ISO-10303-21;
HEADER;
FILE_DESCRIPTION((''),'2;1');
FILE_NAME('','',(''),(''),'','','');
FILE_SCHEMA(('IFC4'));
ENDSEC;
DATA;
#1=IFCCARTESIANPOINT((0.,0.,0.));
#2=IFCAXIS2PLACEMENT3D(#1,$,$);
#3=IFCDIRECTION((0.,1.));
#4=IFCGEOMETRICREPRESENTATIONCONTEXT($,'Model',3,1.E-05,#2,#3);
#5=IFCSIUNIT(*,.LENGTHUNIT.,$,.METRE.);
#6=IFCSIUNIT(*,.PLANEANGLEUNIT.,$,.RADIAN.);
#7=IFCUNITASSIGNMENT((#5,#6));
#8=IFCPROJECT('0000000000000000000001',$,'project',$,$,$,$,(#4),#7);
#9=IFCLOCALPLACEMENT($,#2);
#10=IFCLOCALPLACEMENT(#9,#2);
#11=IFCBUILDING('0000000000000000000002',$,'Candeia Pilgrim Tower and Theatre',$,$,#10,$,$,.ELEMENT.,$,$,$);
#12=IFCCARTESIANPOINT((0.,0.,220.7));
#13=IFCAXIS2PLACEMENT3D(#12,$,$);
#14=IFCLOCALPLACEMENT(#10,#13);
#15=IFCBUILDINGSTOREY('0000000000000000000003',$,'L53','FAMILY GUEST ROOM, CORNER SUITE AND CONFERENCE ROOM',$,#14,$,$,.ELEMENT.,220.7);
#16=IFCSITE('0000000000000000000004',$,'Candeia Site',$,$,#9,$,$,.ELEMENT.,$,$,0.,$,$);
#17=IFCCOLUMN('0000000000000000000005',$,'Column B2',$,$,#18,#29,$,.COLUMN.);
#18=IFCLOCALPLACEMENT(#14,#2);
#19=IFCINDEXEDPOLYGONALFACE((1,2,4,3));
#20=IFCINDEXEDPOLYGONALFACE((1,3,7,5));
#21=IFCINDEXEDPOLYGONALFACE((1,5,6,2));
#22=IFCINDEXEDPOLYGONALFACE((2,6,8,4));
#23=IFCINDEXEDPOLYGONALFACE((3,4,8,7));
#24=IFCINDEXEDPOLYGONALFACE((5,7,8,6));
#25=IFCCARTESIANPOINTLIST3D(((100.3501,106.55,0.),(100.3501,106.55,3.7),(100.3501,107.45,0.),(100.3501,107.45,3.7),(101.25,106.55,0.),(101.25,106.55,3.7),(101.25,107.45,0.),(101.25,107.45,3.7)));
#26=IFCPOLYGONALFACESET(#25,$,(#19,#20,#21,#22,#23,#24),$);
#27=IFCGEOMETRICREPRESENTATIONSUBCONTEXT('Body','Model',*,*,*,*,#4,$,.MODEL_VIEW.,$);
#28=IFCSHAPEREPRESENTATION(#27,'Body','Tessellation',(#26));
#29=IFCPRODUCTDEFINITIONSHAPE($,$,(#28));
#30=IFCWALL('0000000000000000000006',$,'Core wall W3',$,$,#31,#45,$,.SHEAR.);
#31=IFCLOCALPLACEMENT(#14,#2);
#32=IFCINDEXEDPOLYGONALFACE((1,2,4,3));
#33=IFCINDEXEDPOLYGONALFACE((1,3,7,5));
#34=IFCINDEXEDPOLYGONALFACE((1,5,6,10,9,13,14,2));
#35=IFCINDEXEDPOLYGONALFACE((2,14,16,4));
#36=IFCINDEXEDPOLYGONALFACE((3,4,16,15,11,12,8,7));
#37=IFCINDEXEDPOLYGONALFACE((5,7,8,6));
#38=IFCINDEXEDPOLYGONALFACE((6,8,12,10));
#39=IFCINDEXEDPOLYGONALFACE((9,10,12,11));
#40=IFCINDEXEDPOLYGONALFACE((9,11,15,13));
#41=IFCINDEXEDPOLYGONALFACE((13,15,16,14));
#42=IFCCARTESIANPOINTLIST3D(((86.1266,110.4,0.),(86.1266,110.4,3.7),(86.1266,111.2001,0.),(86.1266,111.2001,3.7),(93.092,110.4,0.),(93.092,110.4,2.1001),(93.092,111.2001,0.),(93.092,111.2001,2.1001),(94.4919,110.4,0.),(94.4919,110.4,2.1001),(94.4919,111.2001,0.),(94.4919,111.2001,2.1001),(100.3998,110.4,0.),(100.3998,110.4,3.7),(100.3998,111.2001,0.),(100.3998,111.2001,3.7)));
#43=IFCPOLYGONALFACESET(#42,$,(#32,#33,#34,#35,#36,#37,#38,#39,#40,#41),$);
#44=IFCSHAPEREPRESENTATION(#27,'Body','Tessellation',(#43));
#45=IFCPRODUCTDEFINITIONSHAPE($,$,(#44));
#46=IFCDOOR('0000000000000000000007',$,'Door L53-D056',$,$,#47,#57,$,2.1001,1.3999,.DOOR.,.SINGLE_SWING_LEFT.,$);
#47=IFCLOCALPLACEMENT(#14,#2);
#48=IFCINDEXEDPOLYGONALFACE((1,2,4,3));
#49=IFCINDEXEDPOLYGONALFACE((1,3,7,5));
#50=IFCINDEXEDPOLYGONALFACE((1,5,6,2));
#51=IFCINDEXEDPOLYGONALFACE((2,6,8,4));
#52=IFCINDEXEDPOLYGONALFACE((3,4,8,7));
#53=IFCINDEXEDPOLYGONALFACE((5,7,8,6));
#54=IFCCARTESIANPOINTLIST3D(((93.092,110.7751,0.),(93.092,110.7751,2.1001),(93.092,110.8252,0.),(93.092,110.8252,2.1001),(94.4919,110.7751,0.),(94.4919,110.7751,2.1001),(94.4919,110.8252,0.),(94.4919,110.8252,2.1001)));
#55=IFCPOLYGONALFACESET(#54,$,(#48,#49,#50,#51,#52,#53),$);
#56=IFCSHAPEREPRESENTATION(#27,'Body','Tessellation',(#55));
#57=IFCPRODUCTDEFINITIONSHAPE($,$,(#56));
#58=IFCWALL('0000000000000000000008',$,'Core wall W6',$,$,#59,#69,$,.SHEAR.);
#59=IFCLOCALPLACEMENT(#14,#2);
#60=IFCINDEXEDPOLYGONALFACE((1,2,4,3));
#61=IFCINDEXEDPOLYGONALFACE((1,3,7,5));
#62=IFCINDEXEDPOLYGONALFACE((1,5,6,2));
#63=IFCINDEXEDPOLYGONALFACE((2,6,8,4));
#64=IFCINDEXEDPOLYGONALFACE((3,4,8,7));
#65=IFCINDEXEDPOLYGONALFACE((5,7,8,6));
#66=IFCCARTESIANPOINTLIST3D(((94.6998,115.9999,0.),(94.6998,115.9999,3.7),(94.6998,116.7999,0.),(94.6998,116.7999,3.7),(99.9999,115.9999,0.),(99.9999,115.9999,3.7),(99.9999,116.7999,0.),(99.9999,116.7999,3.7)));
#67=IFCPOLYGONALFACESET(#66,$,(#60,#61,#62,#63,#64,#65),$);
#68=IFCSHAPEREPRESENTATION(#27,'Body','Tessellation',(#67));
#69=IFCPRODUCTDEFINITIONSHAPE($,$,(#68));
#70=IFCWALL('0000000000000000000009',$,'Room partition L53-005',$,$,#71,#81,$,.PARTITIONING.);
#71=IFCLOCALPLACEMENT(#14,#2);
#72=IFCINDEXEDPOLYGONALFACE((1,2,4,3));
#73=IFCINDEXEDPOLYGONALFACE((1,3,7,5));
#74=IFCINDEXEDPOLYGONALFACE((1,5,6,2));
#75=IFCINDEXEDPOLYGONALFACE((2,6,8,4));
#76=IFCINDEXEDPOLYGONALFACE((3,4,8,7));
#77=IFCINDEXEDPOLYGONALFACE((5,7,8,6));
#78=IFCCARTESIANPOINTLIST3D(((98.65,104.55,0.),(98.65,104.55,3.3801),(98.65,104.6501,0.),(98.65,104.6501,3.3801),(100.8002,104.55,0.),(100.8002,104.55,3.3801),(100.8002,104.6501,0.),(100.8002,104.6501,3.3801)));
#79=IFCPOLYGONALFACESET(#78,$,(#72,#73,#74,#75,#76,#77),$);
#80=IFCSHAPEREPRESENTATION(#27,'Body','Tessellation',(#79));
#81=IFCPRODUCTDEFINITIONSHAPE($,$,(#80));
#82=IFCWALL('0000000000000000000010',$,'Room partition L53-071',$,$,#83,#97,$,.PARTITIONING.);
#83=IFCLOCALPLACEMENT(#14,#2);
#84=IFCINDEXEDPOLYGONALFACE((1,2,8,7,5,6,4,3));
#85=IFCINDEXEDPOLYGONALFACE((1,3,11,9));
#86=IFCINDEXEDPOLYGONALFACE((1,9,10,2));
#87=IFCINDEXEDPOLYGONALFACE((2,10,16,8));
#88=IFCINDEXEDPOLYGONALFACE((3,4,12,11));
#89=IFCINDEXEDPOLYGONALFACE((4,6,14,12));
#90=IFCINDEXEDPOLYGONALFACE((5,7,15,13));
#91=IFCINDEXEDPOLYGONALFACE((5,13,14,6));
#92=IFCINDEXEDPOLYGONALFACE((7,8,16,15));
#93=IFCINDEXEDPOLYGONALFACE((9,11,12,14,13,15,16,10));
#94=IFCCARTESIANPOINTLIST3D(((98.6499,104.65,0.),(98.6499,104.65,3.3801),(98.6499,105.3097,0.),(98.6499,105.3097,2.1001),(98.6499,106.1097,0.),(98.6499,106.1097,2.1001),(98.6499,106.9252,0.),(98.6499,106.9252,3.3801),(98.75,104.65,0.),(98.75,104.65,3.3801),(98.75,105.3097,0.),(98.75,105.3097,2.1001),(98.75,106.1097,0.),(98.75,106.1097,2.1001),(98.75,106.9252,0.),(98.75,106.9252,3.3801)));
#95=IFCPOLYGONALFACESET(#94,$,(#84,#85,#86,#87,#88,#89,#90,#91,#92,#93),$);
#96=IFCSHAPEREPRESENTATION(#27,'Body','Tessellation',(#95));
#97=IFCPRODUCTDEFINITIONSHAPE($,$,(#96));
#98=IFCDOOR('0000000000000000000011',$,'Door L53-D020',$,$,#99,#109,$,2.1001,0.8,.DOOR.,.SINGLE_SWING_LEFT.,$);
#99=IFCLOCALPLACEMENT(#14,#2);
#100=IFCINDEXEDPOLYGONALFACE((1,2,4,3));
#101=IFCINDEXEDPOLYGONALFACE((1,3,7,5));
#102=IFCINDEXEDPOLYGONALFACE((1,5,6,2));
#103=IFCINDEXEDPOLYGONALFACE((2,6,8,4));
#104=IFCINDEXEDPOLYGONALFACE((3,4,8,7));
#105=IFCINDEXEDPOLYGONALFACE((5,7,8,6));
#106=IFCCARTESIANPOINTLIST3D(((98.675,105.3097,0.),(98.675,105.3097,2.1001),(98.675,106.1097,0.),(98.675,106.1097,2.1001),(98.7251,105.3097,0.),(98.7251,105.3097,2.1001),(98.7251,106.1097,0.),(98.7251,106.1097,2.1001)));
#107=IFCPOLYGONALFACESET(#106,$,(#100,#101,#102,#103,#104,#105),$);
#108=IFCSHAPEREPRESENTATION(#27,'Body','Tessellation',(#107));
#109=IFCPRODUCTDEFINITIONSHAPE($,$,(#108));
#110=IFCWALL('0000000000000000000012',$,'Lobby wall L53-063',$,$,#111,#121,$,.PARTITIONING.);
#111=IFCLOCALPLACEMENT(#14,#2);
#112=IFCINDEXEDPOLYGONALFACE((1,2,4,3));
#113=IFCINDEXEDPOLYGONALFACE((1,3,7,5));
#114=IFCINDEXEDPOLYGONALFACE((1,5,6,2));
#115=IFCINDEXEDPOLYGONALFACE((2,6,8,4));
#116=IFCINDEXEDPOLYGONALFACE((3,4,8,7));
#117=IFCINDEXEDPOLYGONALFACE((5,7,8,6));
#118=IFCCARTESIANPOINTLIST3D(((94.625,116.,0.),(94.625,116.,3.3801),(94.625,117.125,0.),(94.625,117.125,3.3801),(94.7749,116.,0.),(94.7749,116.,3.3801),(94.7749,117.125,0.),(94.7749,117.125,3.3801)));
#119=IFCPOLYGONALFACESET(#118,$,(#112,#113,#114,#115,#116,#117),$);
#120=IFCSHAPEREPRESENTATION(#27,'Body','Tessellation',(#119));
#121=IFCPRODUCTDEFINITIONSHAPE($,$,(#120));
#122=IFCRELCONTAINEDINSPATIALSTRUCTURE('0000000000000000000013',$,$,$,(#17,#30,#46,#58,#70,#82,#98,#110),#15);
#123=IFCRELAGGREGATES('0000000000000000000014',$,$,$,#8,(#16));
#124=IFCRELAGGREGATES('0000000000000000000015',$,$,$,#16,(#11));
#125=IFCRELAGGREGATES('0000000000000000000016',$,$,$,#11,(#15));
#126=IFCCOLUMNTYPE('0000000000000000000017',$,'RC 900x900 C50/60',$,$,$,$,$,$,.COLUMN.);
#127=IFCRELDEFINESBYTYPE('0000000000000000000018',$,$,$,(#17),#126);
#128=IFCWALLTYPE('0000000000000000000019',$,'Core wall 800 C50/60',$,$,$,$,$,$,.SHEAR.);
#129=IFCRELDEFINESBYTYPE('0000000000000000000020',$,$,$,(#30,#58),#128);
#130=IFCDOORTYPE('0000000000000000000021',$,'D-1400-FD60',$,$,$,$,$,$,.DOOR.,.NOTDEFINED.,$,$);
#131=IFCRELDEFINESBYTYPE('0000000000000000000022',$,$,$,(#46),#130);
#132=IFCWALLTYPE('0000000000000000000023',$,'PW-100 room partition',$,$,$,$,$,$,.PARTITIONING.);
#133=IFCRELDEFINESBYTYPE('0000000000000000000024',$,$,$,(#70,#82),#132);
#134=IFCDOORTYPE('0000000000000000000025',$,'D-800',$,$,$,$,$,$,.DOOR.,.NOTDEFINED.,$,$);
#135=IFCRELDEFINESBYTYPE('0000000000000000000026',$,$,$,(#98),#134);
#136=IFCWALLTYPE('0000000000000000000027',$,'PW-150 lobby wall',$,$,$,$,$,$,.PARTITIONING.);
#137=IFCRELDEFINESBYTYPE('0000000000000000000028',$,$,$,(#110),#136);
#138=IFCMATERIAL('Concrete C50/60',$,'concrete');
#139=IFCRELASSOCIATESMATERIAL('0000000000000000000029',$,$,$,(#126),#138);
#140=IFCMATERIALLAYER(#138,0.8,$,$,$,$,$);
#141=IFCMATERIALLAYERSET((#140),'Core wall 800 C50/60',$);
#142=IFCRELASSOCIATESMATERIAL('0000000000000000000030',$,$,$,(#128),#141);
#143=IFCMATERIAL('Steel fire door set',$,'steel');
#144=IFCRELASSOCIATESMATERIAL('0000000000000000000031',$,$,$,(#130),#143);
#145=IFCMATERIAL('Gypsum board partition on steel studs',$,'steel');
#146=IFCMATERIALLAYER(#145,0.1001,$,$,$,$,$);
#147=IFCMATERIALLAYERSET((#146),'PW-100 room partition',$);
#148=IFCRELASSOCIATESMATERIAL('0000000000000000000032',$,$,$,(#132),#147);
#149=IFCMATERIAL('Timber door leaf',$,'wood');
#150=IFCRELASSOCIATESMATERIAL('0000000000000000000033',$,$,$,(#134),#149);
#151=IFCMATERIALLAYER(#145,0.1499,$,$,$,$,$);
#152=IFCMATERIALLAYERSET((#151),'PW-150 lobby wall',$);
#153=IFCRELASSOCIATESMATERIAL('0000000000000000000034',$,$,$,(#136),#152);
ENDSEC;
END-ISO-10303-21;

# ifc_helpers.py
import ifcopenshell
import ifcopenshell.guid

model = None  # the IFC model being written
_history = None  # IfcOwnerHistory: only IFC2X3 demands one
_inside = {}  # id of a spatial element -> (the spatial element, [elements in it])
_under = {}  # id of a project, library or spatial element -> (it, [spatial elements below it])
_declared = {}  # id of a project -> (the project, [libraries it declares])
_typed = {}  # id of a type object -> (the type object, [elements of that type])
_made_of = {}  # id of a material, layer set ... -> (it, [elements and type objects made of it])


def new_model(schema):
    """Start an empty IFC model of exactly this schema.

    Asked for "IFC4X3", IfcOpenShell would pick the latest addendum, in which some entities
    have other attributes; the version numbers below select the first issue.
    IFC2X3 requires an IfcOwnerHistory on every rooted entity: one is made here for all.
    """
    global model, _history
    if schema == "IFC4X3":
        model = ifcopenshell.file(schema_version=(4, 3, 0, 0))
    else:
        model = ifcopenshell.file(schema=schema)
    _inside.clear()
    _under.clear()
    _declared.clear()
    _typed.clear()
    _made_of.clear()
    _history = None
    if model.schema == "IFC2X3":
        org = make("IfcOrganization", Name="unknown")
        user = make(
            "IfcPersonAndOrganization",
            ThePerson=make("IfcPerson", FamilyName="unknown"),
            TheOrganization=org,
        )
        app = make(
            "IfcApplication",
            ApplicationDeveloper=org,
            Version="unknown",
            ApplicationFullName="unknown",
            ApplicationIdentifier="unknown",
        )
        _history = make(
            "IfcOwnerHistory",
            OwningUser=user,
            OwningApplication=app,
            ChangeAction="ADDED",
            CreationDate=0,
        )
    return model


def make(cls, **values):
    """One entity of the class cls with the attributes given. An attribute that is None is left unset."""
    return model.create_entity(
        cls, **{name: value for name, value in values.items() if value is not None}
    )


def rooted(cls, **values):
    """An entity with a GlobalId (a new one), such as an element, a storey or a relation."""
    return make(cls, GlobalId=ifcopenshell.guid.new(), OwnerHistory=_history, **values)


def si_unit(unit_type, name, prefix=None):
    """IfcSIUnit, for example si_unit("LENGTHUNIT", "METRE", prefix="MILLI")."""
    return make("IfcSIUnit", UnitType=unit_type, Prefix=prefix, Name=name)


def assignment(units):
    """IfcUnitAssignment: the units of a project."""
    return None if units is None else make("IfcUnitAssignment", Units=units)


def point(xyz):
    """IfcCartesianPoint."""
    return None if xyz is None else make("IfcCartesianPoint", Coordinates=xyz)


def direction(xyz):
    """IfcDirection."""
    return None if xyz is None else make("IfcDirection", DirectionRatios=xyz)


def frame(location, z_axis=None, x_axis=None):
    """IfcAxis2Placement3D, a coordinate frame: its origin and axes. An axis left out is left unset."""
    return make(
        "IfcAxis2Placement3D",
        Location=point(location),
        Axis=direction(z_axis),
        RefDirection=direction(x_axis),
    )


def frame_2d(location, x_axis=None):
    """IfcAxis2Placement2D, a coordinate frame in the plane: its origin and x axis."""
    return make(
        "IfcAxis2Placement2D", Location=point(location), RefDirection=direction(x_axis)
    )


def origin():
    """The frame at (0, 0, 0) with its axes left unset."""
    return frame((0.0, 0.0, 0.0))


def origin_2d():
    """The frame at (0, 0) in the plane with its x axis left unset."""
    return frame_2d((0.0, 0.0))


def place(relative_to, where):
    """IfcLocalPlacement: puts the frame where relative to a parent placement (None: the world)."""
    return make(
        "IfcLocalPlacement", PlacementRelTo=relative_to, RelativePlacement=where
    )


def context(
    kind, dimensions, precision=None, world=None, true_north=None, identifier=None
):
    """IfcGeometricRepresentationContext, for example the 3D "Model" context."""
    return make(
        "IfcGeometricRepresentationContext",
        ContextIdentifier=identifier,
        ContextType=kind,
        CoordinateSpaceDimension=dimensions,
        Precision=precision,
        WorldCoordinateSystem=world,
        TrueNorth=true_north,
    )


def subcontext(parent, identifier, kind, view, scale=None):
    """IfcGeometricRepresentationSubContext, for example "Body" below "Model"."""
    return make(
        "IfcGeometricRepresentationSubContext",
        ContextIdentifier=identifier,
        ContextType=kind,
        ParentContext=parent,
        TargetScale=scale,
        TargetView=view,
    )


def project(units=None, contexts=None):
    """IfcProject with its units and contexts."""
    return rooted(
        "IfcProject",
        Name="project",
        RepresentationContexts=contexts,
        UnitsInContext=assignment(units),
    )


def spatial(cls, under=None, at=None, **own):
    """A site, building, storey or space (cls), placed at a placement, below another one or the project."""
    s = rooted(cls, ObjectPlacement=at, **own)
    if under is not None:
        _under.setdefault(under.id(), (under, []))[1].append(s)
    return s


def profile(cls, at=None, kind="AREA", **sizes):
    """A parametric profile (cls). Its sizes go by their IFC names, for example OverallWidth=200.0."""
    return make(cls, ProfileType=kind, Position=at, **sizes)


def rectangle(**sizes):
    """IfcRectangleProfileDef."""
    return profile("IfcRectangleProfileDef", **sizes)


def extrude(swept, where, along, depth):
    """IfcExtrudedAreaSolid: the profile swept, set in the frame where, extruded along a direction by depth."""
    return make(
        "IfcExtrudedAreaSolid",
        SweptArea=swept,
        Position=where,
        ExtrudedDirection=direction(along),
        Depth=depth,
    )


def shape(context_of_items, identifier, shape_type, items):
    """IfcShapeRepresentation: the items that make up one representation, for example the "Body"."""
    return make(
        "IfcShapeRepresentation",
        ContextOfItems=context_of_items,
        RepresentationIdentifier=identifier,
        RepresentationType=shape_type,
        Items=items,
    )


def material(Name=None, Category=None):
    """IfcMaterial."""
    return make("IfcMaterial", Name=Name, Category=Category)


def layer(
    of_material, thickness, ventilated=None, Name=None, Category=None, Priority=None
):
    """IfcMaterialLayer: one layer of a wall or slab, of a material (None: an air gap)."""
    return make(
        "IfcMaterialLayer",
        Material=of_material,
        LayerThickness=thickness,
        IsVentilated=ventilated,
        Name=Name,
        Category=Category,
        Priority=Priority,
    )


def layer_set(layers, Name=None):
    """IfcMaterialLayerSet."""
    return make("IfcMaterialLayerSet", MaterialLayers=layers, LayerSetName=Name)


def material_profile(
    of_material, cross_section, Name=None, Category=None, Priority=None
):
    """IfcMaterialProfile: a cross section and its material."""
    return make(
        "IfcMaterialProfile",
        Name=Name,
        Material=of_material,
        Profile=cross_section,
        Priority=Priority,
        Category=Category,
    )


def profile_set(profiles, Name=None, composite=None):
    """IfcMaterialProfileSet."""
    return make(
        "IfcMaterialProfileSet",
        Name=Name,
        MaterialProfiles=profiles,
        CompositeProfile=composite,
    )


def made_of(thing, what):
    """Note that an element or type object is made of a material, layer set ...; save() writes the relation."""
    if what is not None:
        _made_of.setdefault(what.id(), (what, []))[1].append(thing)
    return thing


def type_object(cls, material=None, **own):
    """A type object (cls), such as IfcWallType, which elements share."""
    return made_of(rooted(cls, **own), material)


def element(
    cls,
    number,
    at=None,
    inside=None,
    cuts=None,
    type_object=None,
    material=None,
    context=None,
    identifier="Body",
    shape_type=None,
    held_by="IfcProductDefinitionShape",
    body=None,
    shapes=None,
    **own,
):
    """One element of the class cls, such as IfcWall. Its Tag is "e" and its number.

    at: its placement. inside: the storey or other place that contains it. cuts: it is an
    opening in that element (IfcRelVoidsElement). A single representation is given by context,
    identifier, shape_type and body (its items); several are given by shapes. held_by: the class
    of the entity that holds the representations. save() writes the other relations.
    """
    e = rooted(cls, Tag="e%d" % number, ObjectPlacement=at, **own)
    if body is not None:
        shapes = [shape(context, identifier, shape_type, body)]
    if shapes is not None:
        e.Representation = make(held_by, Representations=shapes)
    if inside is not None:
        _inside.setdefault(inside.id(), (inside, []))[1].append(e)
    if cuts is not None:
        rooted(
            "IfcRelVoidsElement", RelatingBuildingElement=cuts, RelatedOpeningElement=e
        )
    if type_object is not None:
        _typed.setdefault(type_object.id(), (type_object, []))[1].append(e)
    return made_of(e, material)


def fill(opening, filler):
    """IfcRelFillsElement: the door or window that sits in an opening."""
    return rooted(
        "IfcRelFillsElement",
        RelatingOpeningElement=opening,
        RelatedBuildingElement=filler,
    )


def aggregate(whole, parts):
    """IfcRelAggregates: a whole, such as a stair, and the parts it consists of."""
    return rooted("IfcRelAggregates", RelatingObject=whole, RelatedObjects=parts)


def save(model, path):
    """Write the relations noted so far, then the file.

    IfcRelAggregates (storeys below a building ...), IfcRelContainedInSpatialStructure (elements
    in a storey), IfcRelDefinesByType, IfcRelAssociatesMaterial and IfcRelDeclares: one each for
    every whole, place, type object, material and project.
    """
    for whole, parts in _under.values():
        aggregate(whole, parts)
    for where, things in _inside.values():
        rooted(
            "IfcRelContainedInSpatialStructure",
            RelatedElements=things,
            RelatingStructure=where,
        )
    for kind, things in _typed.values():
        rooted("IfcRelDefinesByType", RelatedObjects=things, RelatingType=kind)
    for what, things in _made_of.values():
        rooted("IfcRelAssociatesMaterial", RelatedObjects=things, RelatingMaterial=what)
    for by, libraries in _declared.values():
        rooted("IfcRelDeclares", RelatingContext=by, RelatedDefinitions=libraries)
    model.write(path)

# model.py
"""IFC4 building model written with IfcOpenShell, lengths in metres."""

from ifc_helpers import new_model, si_unit, direction, frame, frame_2d, origin, origin_2d, place, context, subcontext, project, spatial, rectangle, extrude, material, layer, layer_set, material_profile, profile_set, type_object, element, fill, save


model = new_model("IFC4")

# Units and contexts
model_context = context("Model", 3, precision=1e-05, world=origin(), true_north=direction((0.0, 1.0)))
body_context = subcontext(model_context, "Body", "Model", "MODEL_VIEW")
ifc_project = project(units=[si_unit("LENGTHUNIT", "METRE"), si_unit("PLANEANGLEUNIT", "RADIAN")], contexts=[model_context])

# Site, building, storey
site_placement = place(None, origin())
site = spatial("IfcSite", under=ifc_project, at=site_placement, Name="Candeia Site", CompositionType="ELEMENT", RefElevation=0.0)
building_placement = place(site_placement, origin())
building = spatial("IfcBuilding", under=site, at=building_placement, Name="Candeia Pilgrim Tower and Theatre", CompositionType="ELEMENT")
storey_placement = place(building_placement, frame((0.0, 0.0, 220.7)))
storey = spatial("IfcBuildingStorey", under=building, at=storey_placement, Name="L53", Description="FAMILY GUEST ROOM, CORNER SUITE AND CONFERENCE ROOM", CompositionType="ELEMENT", Elevation=220.7)

# Column
ifc_material_1 = material(Name="Concrete C50/60", Category="concrete")
ifc_material_profile = material_profile(ifc_material_1, rectangle(XDim=0.8999, YDim=0.8999, at=origin_2d()))
ifc_profile_set = profile_set([ifc_material_profile], Name="Concrete C50/60")
column_type = type_object("IfcColumnType", Name="RC 900x900 C50/60", PredefinedType="COLUMN", material=ifc_profile_set)
column_placement = place(storey_placement, frame((100.8, 107.0, 0.0), z_axis=(0.0, 0.0, 1.0), x_axis=(1.0, 0.0, 0.0)))
element("IfcColumn", 1, at=column_placement, inside=storey, type_object=column_type, Name="Column B2", PredefinedType="COLUMN", context=body_context, shape_type="SweptSolid", body=[
    extrude(rectangle(XDim=0.8999, YDim=0.8999, at=origin_2d()), origin(), (0.0, 0.0, 1.0), 3.7),
])

# Wall, opening, door
ifc_layer_1 = layer(ifc_material_1, 0.8)
ifc_layer_set_1 = layer_set([ifc_layer_1], Name="Core wall 800 C50/60")
wall_type_1 = type_object("IfcWallType", Name="Core wall 800 C50/60", PredefinedType="SHEAR", material=ifc_layer_set_1)
wall_1_placement = place(storey_placement, frame((100.3999, 110.8, 0.0), z_axis=(0.0, 0.0, 1.0), x_axis=(-1.0, 0.0, 0.0)))
wall_1 = element("IfcWall", 2, at=wall_1_placement, inside=storey, type_object=wall_type_1, Name="Core wall W3", PredefinedType="SHEAR", context=body_context, shape_type="SweptSolid", body=[
    extrude(rectangle(XDim=14.2732, YDim=0.8, at=frame_2d((7.1367, 0.0))), origin(), (0.0, 0.0, 1.0), 3.7),
])
opening_1_placement = place(wall_1_placement, frame((5.908, 0.0, 0.0)))
opening_1 = element("IfcOpeningElement", 3, at=opening_1_placement, cuts=wall_1, PredefinedType="OPENING", context=body_context, shape_type="SweptSolid", body=[
    extrude(rectangle(XDim=1.3999, YDim=2.1001, at=frame_2d((0.7, 1.05))), frame((0.0, 0.4102, 0.0), z_axis=(0.0, -1.0, 0.0), x_axis=(1.0, 0.0, 0.0)), (0.0, 0.0, 1.0), 0.8201),
])
ifc_material_2 = material(Name="Steel fire door set", Category="steel")
door_type_1 = type_object("IfcDoorType", Name="D-1400-FD60", OperationType="NOTDEFINED", PredefinedType="DOOR", material=ifc_material_2)
door_1_placement = place(opening_1_placement, origin())
door_1 = element("IfcDoor", 4, at=door_1_placement, inside=storey, type_object=door_type_1, Name="Door L53-D056", OperationType="SINGLE_SWING_LEFT", OverallHeight=2.1001, OverallWidth=1.3999, PredefinedType="DOOR", context=body_context, shape_type="SweptSolid", body=[
    extrude(rectangle(XDim=1.3999, YDim=2.1001, at=frame_2d((0.7, 1.05))), frame((0.0, 0.0249, 0.0), z_axis=(0.0, -1.0, 0.0), x_axis=(1.0, 0.0, 0.0)), (0.0, 0.0, 1.0), 0.05),
])
fill(opening_1, door_1)

# Walls
wall_2_placement = place(storey_placement, frame((94.7, 116.3999, 0.0), z_axis=(0.0, 0.0, 1.0), x_axis=(1.0, 0.0, 0.0)))
element("IfcWall", 5, at=wall_2_placement, inside=storey, type_object=wall_type_1, Name="Core wall W6", PredefinedType="SHEAR", context=body_context, shape_type="SweptSolid", body=[
    extrude(rectangle(XDim=5.3, YDim=0.8, at=frame_2d((2.6499, 0.0))), origin(), (0.0, 0.0, 1.0), 3.7),
])
ifc_material_3 = material(Name="Gypsum board partition on steel studs", Category="steel")
ifc_layer_2 = layer(ifc_material_3, 0.1001)
ifc_layer_set_2 = layer_set([ifc_layer_2], Name="PW-100 room partition")
wall_type_2 = type_object("IfcWallType", Name="PW-100 room partition", PredefinedType="PARTITIONING", material=ifc_layer_set_2)
wall_3_placement = place(storey_placement, frame((98.6499, 104.6001, 0.0), z_axis=(0.0, 0.0, 1.0), x_axis=(1.0, 0.0, 0.0)))
element("IfcWall", 6, at=wall_3_placement, inside=storey, type_object=wall_type_2, Name="Room partition L53-005", PredefinedType="PARTITIONING", context=body_context, shape_type="SweptSolid", body=[
    extrude(rectangle(XDim=2.1501, YDim=0.1001, at=frame_2d((1.0752, 0.0))), origin(), (0.0, 0.0, 1.0), 3.3801),
])

# Wall, opening, door
wall_4_placement = place(storey_placement, frame((98.7, 104.6499, 0.0), z_axis=(0.0, 0.0, 1.0), x_axis=(0.0, 1.0, 0.0)))
wall_4 = element("IfcWall", 7, at=wall_4_placement, inside=storey, type_object=wall_type_2, Name="Room partition L53-071", PredefinedType="PARTITIONING", context=body_context, shape_type="SweptSolid", body=[
    extrude(rectangle(XDim=2.2751, YDim=0.1001, at=frame_2d((1.1377, 0.0))), origin(), (0.0, 0.0, 1.0), 3.3801),
])
opening_2_placement = place(wall_4_placement, frame((0.6599, 0.0, 0.0)))
opening_2 = element("IfcOpeningElement", 8, at=opening_2_placement, cuts=wall_4, PredefinedType="OPENING", context=body_context, shape_type="SweptSolid", body=[
    extrude(rectangle(XDim=0.8, YDim=2.1001, at=frame_2d((0.3999, 1.05))), frame((0.0, 0.0601, 0.0), z_axis=(0.0, -1.0, 0.0), x_axis=(1.0, 0.0, 0.0)), (0.0, 0.0, 1.0), 0.1201),
])
ifc_material_4 = material(Name="Timber door leaf", Category="wood")
door_type_2 = type_object("IfcDoorType", Name="D-800", OperationType="NOTDEFINED", PredefinedType="DOOR", material=ifc_material_4)
door_2_placement = place(opening_2_placement, origin())
door_2 = element("IfcDoor", 9, at=door_2_placement, inside=storey, type_object=door_type_2, Name="Door L53-D020", OperationType="SINGLE_SWING_LEFT", OverallHeight=2.1001, OverallWidth=0.8, PredefinedType="DOOR", context=body_context, shape_type="SweptSolid", body=[
    extrude(rectangle(XDim=0.8, YDim=2.1001, at=frame_2d((0.3999, 1.05))), frame((0.0, 0.0249, 0.0), z_axis=(0.0, -1.0, 0.0), x_axis=(1.0, 0.0, 0.0)), (0.0, 0.0, 1.0), 0.05),
])
fill(opening_2, door_2)

# Wall
ifc_layer_3 = layer(ifc_material_3, 0.1499)
ifc_layer_set_3 = layer_set([ifc_layer_3], Name="PW-150 lobby wall")
wall_type_3 = type_object("IfcWallType", Name="PW-150 lobby wall", PredefinedType="PARTITIONING", material=ifc_layer_set_3)
wall_5_placement = place(storey_placement, frame((94.7, 116.0, 0.0), z_axis=(0.0, 0.0, 1.0), x_axis=(0.0, 1.0, 0.0)))
element("IfcWall", 10, at=wall_5_placement, inside=storey, type_object=wall_type_3, Name="Lobby wall L53-063", PredefinedType="PARTITIONING", context=body_context, shape_type="SweptSolid", body=[
    extrude(rectangle(XDim=1.125, YDim=0.1499, at=frame_2d((0.5625, 0.0))), origin(), (0.0, 0.0, 1.0), 3.3801),
])

save(model, "model.ifc")
